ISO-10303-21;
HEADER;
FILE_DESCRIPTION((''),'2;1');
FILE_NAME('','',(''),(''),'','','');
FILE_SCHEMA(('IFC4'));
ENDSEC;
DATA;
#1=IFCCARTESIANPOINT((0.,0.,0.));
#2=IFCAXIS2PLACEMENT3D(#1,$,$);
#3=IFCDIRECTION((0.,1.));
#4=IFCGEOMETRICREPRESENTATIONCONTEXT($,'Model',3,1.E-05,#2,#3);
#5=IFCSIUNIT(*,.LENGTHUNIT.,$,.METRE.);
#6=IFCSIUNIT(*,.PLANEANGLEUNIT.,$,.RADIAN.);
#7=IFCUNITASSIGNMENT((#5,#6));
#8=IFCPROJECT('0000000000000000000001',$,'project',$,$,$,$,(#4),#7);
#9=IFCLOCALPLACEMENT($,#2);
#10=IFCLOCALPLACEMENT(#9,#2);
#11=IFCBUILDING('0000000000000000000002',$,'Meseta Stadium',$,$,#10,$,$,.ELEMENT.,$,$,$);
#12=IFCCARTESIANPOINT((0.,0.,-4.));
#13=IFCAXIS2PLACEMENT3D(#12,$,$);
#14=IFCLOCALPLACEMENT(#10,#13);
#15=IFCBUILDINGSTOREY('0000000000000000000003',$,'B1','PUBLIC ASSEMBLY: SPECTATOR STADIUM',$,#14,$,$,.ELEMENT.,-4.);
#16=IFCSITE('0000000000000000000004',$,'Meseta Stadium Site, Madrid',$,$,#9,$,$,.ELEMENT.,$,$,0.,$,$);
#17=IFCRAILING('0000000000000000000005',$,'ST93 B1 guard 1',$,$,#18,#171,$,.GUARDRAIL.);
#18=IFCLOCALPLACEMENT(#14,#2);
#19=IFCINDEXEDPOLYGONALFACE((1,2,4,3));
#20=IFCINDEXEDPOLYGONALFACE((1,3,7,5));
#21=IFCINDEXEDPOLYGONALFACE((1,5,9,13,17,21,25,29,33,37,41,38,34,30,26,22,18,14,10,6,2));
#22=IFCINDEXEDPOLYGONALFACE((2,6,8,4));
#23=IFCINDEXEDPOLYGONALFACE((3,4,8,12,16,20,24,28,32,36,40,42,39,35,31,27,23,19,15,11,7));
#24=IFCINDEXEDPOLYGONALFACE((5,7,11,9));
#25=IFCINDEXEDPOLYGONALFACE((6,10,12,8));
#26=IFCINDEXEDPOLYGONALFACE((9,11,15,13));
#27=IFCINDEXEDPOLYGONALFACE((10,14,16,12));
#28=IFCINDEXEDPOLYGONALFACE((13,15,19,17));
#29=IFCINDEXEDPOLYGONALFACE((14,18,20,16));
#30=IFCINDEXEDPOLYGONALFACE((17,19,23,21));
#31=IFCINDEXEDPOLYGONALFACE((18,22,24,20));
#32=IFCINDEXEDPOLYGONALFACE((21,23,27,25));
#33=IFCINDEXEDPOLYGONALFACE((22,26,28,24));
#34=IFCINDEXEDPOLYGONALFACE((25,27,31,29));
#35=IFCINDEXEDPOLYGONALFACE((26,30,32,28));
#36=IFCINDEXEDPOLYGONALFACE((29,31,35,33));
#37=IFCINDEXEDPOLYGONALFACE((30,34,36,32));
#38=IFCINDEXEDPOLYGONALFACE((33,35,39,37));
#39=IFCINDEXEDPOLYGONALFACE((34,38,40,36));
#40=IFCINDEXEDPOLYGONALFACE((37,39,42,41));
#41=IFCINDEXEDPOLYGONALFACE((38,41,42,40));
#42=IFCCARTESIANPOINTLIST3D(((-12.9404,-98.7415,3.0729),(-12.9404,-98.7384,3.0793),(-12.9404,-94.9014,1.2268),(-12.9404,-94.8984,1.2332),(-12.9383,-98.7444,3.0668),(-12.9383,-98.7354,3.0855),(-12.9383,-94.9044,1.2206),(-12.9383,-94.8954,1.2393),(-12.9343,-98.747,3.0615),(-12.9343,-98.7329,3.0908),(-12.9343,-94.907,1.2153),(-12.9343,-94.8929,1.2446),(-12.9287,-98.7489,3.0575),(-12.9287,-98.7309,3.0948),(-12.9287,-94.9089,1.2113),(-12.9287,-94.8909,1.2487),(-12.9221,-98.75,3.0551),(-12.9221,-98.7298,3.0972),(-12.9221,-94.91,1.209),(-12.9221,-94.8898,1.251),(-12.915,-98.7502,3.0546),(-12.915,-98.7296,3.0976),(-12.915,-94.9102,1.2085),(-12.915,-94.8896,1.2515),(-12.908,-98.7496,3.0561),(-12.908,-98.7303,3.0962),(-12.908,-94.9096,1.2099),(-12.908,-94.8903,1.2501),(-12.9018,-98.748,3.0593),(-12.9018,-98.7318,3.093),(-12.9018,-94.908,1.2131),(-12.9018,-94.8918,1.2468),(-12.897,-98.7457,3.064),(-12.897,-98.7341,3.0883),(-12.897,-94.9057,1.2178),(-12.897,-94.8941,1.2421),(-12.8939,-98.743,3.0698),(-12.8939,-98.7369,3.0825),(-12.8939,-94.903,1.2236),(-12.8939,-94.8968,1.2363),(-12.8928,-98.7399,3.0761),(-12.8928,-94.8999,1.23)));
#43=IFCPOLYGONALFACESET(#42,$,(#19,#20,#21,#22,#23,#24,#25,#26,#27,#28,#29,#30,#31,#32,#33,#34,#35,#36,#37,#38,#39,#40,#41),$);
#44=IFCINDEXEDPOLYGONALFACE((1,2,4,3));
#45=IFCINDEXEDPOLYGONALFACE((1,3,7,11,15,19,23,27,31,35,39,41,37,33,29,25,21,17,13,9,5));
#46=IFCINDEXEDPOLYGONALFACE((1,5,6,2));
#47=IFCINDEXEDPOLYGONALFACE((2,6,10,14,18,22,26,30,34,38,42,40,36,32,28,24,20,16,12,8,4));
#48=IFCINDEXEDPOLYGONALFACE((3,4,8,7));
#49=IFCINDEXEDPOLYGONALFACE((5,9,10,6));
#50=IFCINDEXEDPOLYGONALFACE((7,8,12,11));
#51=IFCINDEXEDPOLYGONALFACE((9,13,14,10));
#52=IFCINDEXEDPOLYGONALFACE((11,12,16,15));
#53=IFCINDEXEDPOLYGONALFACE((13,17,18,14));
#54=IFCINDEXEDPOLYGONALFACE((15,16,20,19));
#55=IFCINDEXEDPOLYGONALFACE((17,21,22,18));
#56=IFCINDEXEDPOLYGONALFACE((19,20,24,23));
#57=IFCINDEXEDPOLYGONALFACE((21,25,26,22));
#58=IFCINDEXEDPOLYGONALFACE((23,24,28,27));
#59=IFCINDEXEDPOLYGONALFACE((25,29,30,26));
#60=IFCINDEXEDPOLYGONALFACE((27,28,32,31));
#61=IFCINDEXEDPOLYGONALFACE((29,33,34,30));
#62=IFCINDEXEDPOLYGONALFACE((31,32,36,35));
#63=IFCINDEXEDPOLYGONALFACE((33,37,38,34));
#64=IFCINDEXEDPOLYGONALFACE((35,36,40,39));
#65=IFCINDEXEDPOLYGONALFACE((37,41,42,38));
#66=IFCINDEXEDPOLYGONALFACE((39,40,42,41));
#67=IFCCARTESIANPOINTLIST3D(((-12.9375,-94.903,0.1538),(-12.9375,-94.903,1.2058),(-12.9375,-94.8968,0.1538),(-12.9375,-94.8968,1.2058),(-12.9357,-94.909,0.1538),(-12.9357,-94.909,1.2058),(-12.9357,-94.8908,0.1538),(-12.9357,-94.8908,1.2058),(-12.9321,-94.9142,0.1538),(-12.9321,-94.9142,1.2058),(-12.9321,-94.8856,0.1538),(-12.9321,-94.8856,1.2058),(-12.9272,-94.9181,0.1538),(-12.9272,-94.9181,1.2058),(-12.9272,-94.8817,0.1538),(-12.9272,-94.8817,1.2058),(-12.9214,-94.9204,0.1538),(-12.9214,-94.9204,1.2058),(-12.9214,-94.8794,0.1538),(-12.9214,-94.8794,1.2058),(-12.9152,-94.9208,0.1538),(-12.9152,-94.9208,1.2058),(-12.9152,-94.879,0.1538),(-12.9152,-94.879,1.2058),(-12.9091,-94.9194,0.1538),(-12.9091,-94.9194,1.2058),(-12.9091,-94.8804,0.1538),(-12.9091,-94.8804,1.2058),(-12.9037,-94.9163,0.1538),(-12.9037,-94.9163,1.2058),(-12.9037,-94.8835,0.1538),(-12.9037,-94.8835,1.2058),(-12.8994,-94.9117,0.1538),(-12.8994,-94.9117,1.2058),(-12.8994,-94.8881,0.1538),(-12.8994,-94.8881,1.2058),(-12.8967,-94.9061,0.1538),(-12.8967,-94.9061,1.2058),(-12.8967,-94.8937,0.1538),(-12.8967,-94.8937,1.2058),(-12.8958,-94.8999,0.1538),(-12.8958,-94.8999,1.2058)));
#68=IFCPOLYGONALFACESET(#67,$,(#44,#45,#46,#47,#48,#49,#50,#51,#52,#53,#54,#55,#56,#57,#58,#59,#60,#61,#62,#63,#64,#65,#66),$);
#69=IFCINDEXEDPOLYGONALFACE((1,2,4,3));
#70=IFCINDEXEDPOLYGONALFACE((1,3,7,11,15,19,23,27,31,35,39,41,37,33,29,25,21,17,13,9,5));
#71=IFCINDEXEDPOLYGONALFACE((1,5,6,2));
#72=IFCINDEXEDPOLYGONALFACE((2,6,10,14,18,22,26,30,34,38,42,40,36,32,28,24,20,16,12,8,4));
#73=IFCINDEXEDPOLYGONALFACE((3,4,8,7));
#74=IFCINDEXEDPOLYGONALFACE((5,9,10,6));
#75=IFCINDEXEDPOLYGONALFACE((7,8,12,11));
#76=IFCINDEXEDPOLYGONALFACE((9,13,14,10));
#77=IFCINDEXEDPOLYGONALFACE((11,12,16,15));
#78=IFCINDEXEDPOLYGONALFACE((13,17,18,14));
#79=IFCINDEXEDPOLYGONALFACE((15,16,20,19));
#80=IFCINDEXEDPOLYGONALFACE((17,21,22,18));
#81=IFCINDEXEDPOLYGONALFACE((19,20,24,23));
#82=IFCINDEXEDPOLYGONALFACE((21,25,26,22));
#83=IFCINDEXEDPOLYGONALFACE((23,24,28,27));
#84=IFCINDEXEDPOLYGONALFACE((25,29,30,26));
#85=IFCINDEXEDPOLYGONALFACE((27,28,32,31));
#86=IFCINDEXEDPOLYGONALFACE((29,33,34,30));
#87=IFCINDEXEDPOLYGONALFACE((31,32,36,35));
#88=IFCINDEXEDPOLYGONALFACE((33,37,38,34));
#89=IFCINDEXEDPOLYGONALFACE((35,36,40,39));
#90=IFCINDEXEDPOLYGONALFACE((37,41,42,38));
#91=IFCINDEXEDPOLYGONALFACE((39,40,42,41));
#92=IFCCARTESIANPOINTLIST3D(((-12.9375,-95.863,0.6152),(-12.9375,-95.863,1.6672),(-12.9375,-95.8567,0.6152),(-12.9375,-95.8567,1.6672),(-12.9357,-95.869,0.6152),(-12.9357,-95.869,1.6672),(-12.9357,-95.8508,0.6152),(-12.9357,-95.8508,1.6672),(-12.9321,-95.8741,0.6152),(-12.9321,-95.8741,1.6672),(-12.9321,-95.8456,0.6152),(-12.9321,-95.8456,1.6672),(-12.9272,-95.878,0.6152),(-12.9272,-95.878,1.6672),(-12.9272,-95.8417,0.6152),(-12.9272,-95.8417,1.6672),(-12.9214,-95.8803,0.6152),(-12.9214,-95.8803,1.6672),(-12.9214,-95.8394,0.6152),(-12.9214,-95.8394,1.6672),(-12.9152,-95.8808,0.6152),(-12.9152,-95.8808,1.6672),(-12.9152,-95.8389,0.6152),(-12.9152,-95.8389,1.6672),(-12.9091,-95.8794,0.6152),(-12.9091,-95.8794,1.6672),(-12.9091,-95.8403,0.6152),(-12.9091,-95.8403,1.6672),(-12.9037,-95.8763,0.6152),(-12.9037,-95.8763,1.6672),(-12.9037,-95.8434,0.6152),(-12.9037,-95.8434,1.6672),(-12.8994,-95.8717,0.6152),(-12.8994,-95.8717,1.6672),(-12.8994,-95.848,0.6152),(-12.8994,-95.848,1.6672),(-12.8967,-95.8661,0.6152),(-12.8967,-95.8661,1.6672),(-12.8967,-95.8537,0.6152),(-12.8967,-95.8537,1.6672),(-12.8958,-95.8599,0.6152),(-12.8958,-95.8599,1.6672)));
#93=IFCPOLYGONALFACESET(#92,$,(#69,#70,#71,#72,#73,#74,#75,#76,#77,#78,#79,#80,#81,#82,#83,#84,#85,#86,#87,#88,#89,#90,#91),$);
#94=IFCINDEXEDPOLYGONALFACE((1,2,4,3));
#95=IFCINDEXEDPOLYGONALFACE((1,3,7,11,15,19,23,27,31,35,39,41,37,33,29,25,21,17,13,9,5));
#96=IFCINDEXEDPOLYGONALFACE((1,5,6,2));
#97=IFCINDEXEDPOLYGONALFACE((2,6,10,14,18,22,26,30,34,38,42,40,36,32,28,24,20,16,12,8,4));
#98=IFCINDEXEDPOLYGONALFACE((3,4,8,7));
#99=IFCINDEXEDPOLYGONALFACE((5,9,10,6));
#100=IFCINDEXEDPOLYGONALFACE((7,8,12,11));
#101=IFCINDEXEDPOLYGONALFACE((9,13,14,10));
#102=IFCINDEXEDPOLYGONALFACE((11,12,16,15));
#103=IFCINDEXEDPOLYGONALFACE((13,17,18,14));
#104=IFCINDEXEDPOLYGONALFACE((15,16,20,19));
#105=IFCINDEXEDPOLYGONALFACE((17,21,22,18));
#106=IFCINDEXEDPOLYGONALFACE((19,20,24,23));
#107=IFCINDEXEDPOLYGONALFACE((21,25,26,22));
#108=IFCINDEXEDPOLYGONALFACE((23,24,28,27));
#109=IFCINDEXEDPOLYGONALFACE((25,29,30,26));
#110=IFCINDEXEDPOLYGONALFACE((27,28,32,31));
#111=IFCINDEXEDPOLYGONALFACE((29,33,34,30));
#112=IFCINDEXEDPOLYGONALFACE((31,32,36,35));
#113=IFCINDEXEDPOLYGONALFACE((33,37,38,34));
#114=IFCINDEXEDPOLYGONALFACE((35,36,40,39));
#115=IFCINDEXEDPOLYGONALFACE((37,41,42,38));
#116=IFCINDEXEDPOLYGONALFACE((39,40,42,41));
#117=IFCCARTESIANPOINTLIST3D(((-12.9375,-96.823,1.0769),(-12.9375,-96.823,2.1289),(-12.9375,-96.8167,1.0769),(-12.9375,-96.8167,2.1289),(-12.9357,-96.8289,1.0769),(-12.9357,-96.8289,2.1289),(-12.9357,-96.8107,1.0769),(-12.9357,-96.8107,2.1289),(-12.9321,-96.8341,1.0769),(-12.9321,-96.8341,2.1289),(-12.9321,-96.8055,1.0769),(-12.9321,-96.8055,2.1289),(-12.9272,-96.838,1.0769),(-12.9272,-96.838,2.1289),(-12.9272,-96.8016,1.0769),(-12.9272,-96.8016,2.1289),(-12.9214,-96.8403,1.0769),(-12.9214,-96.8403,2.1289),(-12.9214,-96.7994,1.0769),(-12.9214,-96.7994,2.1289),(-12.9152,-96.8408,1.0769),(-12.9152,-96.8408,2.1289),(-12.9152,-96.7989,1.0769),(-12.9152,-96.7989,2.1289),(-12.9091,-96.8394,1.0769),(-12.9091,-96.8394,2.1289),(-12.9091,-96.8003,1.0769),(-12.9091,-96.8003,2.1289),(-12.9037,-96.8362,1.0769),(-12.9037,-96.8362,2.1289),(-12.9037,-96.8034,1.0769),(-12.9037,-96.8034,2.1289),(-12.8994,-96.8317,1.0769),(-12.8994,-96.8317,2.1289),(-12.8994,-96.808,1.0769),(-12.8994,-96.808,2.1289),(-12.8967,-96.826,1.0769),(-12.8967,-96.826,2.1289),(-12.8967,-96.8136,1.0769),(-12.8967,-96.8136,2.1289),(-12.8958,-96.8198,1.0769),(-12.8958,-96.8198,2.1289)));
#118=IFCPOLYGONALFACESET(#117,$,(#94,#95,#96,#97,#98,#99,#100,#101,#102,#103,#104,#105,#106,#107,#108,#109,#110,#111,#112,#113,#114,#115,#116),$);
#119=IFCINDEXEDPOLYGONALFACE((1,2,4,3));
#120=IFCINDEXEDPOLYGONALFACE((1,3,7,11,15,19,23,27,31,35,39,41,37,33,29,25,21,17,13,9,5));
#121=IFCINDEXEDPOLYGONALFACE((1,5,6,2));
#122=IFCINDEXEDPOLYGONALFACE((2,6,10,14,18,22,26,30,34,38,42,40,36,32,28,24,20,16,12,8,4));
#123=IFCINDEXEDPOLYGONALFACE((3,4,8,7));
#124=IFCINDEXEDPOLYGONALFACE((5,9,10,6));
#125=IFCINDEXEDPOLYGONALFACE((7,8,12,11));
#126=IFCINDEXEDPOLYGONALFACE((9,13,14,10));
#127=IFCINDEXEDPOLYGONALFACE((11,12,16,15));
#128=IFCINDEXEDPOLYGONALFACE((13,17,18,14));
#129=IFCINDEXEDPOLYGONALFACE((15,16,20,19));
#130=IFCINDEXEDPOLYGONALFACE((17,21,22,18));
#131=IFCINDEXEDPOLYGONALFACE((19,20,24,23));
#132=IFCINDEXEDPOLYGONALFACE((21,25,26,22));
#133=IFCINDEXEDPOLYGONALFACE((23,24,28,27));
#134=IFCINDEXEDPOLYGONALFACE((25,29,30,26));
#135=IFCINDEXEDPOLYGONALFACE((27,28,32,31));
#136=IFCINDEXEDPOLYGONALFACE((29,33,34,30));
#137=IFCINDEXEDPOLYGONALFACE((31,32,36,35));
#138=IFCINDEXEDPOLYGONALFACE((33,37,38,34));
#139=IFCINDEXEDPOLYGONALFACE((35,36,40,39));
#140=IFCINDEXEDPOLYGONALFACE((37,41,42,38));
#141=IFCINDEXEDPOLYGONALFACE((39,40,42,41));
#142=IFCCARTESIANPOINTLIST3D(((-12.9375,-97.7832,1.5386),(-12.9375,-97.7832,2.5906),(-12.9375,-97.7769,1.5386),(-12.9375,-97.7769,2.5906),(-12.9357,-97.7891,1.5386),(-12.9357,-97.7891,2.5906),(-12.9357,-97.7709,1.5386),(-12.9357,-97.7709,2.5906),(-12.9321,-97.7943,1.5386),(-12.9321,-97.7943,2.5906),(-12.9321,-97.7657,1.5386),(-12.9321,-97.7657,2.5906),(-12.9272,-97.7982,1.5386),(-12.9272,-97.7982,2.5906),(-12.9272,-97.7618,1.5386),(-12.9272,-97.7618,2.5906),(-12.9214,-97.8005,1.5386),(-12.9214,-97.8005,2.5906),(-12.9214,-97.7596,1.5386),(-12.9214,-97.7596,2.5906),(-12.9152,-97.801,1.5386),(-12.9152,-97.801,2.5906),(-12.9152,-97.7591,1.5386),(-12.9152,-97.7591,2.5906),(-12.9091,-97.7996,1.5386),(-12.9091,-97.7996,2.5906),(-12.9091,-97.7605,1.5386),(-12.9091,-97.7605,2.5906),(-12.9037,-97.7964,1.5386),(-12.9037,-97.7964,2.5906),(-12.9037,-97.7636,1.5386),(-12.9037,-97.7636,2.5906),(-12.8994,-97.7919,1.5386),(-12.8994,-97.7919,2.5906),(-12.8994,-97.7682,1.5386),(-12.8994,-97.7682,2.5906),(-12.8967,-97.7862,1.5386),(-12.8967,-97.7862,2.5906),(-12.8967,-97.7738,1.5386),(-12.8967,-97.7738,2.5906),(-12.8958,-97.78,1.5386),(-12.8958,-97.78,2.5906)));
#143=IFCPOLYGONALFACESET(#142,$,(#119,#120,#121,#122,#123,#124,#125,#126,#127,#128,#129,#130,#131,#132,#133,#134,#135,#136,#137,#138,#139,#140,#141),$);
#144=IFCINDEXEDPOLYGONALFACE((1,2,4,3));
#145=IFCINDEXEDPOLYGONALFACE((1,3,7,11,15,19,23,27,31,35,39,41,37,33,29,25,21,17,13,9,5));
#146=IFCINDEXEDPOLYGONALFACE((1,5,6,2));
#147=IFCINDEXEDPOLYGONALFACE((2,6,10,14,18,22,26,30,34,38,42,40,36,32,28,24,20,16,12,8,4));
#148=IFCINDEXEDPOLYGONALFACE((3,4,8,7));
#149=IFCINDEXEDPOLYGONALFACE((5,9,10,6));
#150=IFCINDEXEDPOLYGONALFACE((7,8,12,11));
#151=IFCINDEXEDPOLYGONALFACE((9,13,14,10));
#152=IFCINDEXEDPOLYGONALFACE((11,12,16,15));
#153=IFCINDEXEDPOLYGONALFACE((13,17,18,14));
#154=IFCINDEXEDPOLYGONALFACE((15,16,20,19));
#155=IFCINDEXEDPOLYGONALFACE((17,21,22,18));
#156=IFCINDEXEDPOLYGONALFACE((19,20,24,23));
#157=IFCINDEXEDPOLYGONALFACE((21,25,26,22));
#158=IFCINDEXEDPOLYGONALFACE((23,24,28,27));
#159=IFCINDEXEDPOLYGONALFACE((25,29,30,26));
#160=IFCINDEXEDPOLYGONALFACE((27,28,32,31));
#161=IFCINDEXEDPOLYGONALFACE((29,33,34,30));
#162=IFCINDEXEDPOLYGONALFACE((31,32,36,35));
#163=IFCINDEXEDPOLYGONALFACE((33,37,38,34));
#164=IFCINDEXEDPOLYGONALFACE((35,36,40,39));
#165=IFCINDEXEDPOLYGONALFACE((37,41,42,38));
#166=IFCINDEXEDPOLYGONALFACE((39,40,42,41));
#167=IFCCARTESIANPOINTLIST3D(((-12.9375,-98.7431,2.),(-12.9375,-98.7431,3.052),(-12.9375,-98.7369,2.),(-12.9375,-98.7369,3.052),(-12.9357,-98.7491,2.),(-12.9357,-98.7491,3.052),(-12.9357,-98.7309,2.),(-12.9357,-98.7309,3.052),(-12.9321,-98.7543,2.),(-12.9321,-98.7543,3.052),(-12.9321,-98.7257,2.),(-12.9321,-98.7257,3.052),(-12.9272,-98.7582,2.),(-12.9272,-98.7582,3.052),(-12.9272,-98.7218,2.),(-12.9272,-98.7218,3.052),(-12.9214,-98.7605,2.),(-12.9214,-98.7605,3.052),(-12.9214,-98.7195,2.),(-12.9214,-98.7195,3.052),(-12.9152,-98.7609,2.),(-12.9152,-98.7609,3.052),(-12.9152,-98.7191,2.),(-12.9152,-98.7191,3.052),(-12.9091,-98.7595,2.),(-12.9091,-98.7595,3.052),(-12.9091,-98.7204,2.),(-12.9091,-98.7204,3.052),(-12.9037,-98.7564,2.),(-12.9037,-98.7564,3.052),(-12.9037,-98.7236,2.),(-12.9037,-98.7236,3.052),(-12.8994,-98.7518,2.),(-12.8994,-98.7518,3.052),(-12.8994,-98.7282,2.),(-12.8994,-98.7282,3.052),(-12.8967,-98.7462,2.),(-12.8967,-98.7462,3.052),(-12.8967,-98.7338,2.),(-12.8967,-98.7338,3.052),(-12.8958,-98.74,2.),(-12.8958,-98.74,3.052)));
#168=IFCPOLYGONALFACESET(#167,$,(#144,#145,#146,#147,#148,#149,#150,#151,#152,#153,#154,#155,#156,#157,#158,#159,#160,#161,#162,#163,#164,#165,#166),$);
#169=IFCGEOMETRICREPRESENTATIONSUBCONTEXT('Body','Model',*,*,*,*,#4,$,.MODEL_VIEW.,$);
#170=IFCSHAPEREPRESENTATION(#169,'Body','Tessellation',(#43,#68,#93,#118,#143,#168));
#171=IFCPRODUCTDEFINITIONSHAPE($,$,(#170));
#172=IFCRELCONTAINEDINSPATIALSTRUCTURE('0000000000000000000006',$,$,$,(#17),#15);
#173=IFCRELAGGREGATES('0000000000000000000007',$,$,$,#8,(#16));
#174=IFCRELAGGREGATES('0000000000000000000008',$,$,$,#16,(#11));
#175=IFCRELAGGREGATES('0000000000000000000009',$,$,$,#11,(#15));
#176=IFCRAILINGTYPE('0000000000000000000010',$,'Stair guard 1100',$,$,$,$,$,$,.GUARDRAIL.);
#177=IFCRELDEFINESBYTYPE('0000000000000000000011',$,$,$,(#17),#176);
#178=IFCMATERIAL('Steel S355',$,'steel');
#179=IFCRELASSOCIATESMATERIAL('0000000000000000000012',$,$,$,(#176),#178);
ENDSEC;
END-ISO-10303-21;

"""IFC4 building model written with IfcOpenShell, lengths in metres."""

from ifc_helpers import new_model, si_unit, direction, frame, origin, origin_2d, place, context, subcontext, project, spatial, circle, extrude, material, type_object, element, save


model = new_model("IFC4")

# Units and contexts
model_context = context("Model", 3, precision=1e-05, world=origin(), true_north=direction((0.0, 1.0)))
body_context = subcontext(model_context, "Body", "Model", "MODEL_VIEW")
ifc_project = project(units=[si_unit("LENGTHUNIT", "METRE"), si_unit("PLANEANGLEUNIT", "RADIAN")], contexts=[model_context])

# Site, building, storey
site_placement = place(None, origin())
site = spatial("IfcSite", under=ifc_project, at=site_placement, Name="Meseta Stadium Site, Madrid", CompositionType="ELEMENT", RefElevation=0.0)
building_placement = place(site_placement, origin())
building = spatial("IfcBuilding", under=site, at=building_placement, Name="Meseta Stadium", CompositionType="ELEMENT")
storey_placement = place(building_placement, frame((0.0, 0.0, -4.0)))
storey = spatial("IfcBuildingStorey", under=building, at=storey_placement, Name="B1", Description="PUBLIC ASSEMBLY: SPECTATOR STADIUM", CompositionType="ELEMENT", Elevation=-4.0)

# Railing
ifc_material_1 = material(Name="Steel S355", Category="steel")
railing_type_1 = type_object("IfcRailingType", Name="Stair guard 1100", PredefinedType="GUARDRAIL", material=ifc_material_1)
railing_1_placement = place(storey_placement, frame((-12.9167, -94.8999, 0.1538)))
element("IfcRailing", 1, at=railing_1_placement, inside=storey, type_object=railing_type_1, Name="ST93 B1 guard 1", PredefinedType="GUARDRAIL", context=body_context, shape_type="SweptSolid", body=[
    extrude(circle(Radius=0.0239, at=origin_2d()), frame((0.0, 0.0, 1.0762), z_axis=(0.0, -0.901253, 0.433294), x_axis=(1.0, 0.0, 0.0)), (0.0, 0.0, 1.0), 4.2607),
    extrude(circle(Radius=0.021, at=origin_2d()), origin(), (0.0, 0.0, 1.0), 1.052),
    extrude(circle(Radius=0.021, at=origin_2d()), frame((0.0, -0.96, 0.4614)), (0.0, 0.0, 1.0), 1.052),
    extrude(circle(Radius=0.021, at=origin_2d()), frame((0.0, -1.9199, 0.9231)), (0.0, 0.0, 1.0), 1.052),
    extrude(circle(Radius=0.021, at=origin_2d()), frame((0.0, -2.8801, 1.3848)), (0.0, 0.0, 1.0), 1.052),
    extrude(circle(Radius=0.021, at=origin_2d()), frame((0.0, -3.8401, 1.8462)), (0.0, 0.0, 1.0), 1.052),
])

save(model, "model.ifc")
